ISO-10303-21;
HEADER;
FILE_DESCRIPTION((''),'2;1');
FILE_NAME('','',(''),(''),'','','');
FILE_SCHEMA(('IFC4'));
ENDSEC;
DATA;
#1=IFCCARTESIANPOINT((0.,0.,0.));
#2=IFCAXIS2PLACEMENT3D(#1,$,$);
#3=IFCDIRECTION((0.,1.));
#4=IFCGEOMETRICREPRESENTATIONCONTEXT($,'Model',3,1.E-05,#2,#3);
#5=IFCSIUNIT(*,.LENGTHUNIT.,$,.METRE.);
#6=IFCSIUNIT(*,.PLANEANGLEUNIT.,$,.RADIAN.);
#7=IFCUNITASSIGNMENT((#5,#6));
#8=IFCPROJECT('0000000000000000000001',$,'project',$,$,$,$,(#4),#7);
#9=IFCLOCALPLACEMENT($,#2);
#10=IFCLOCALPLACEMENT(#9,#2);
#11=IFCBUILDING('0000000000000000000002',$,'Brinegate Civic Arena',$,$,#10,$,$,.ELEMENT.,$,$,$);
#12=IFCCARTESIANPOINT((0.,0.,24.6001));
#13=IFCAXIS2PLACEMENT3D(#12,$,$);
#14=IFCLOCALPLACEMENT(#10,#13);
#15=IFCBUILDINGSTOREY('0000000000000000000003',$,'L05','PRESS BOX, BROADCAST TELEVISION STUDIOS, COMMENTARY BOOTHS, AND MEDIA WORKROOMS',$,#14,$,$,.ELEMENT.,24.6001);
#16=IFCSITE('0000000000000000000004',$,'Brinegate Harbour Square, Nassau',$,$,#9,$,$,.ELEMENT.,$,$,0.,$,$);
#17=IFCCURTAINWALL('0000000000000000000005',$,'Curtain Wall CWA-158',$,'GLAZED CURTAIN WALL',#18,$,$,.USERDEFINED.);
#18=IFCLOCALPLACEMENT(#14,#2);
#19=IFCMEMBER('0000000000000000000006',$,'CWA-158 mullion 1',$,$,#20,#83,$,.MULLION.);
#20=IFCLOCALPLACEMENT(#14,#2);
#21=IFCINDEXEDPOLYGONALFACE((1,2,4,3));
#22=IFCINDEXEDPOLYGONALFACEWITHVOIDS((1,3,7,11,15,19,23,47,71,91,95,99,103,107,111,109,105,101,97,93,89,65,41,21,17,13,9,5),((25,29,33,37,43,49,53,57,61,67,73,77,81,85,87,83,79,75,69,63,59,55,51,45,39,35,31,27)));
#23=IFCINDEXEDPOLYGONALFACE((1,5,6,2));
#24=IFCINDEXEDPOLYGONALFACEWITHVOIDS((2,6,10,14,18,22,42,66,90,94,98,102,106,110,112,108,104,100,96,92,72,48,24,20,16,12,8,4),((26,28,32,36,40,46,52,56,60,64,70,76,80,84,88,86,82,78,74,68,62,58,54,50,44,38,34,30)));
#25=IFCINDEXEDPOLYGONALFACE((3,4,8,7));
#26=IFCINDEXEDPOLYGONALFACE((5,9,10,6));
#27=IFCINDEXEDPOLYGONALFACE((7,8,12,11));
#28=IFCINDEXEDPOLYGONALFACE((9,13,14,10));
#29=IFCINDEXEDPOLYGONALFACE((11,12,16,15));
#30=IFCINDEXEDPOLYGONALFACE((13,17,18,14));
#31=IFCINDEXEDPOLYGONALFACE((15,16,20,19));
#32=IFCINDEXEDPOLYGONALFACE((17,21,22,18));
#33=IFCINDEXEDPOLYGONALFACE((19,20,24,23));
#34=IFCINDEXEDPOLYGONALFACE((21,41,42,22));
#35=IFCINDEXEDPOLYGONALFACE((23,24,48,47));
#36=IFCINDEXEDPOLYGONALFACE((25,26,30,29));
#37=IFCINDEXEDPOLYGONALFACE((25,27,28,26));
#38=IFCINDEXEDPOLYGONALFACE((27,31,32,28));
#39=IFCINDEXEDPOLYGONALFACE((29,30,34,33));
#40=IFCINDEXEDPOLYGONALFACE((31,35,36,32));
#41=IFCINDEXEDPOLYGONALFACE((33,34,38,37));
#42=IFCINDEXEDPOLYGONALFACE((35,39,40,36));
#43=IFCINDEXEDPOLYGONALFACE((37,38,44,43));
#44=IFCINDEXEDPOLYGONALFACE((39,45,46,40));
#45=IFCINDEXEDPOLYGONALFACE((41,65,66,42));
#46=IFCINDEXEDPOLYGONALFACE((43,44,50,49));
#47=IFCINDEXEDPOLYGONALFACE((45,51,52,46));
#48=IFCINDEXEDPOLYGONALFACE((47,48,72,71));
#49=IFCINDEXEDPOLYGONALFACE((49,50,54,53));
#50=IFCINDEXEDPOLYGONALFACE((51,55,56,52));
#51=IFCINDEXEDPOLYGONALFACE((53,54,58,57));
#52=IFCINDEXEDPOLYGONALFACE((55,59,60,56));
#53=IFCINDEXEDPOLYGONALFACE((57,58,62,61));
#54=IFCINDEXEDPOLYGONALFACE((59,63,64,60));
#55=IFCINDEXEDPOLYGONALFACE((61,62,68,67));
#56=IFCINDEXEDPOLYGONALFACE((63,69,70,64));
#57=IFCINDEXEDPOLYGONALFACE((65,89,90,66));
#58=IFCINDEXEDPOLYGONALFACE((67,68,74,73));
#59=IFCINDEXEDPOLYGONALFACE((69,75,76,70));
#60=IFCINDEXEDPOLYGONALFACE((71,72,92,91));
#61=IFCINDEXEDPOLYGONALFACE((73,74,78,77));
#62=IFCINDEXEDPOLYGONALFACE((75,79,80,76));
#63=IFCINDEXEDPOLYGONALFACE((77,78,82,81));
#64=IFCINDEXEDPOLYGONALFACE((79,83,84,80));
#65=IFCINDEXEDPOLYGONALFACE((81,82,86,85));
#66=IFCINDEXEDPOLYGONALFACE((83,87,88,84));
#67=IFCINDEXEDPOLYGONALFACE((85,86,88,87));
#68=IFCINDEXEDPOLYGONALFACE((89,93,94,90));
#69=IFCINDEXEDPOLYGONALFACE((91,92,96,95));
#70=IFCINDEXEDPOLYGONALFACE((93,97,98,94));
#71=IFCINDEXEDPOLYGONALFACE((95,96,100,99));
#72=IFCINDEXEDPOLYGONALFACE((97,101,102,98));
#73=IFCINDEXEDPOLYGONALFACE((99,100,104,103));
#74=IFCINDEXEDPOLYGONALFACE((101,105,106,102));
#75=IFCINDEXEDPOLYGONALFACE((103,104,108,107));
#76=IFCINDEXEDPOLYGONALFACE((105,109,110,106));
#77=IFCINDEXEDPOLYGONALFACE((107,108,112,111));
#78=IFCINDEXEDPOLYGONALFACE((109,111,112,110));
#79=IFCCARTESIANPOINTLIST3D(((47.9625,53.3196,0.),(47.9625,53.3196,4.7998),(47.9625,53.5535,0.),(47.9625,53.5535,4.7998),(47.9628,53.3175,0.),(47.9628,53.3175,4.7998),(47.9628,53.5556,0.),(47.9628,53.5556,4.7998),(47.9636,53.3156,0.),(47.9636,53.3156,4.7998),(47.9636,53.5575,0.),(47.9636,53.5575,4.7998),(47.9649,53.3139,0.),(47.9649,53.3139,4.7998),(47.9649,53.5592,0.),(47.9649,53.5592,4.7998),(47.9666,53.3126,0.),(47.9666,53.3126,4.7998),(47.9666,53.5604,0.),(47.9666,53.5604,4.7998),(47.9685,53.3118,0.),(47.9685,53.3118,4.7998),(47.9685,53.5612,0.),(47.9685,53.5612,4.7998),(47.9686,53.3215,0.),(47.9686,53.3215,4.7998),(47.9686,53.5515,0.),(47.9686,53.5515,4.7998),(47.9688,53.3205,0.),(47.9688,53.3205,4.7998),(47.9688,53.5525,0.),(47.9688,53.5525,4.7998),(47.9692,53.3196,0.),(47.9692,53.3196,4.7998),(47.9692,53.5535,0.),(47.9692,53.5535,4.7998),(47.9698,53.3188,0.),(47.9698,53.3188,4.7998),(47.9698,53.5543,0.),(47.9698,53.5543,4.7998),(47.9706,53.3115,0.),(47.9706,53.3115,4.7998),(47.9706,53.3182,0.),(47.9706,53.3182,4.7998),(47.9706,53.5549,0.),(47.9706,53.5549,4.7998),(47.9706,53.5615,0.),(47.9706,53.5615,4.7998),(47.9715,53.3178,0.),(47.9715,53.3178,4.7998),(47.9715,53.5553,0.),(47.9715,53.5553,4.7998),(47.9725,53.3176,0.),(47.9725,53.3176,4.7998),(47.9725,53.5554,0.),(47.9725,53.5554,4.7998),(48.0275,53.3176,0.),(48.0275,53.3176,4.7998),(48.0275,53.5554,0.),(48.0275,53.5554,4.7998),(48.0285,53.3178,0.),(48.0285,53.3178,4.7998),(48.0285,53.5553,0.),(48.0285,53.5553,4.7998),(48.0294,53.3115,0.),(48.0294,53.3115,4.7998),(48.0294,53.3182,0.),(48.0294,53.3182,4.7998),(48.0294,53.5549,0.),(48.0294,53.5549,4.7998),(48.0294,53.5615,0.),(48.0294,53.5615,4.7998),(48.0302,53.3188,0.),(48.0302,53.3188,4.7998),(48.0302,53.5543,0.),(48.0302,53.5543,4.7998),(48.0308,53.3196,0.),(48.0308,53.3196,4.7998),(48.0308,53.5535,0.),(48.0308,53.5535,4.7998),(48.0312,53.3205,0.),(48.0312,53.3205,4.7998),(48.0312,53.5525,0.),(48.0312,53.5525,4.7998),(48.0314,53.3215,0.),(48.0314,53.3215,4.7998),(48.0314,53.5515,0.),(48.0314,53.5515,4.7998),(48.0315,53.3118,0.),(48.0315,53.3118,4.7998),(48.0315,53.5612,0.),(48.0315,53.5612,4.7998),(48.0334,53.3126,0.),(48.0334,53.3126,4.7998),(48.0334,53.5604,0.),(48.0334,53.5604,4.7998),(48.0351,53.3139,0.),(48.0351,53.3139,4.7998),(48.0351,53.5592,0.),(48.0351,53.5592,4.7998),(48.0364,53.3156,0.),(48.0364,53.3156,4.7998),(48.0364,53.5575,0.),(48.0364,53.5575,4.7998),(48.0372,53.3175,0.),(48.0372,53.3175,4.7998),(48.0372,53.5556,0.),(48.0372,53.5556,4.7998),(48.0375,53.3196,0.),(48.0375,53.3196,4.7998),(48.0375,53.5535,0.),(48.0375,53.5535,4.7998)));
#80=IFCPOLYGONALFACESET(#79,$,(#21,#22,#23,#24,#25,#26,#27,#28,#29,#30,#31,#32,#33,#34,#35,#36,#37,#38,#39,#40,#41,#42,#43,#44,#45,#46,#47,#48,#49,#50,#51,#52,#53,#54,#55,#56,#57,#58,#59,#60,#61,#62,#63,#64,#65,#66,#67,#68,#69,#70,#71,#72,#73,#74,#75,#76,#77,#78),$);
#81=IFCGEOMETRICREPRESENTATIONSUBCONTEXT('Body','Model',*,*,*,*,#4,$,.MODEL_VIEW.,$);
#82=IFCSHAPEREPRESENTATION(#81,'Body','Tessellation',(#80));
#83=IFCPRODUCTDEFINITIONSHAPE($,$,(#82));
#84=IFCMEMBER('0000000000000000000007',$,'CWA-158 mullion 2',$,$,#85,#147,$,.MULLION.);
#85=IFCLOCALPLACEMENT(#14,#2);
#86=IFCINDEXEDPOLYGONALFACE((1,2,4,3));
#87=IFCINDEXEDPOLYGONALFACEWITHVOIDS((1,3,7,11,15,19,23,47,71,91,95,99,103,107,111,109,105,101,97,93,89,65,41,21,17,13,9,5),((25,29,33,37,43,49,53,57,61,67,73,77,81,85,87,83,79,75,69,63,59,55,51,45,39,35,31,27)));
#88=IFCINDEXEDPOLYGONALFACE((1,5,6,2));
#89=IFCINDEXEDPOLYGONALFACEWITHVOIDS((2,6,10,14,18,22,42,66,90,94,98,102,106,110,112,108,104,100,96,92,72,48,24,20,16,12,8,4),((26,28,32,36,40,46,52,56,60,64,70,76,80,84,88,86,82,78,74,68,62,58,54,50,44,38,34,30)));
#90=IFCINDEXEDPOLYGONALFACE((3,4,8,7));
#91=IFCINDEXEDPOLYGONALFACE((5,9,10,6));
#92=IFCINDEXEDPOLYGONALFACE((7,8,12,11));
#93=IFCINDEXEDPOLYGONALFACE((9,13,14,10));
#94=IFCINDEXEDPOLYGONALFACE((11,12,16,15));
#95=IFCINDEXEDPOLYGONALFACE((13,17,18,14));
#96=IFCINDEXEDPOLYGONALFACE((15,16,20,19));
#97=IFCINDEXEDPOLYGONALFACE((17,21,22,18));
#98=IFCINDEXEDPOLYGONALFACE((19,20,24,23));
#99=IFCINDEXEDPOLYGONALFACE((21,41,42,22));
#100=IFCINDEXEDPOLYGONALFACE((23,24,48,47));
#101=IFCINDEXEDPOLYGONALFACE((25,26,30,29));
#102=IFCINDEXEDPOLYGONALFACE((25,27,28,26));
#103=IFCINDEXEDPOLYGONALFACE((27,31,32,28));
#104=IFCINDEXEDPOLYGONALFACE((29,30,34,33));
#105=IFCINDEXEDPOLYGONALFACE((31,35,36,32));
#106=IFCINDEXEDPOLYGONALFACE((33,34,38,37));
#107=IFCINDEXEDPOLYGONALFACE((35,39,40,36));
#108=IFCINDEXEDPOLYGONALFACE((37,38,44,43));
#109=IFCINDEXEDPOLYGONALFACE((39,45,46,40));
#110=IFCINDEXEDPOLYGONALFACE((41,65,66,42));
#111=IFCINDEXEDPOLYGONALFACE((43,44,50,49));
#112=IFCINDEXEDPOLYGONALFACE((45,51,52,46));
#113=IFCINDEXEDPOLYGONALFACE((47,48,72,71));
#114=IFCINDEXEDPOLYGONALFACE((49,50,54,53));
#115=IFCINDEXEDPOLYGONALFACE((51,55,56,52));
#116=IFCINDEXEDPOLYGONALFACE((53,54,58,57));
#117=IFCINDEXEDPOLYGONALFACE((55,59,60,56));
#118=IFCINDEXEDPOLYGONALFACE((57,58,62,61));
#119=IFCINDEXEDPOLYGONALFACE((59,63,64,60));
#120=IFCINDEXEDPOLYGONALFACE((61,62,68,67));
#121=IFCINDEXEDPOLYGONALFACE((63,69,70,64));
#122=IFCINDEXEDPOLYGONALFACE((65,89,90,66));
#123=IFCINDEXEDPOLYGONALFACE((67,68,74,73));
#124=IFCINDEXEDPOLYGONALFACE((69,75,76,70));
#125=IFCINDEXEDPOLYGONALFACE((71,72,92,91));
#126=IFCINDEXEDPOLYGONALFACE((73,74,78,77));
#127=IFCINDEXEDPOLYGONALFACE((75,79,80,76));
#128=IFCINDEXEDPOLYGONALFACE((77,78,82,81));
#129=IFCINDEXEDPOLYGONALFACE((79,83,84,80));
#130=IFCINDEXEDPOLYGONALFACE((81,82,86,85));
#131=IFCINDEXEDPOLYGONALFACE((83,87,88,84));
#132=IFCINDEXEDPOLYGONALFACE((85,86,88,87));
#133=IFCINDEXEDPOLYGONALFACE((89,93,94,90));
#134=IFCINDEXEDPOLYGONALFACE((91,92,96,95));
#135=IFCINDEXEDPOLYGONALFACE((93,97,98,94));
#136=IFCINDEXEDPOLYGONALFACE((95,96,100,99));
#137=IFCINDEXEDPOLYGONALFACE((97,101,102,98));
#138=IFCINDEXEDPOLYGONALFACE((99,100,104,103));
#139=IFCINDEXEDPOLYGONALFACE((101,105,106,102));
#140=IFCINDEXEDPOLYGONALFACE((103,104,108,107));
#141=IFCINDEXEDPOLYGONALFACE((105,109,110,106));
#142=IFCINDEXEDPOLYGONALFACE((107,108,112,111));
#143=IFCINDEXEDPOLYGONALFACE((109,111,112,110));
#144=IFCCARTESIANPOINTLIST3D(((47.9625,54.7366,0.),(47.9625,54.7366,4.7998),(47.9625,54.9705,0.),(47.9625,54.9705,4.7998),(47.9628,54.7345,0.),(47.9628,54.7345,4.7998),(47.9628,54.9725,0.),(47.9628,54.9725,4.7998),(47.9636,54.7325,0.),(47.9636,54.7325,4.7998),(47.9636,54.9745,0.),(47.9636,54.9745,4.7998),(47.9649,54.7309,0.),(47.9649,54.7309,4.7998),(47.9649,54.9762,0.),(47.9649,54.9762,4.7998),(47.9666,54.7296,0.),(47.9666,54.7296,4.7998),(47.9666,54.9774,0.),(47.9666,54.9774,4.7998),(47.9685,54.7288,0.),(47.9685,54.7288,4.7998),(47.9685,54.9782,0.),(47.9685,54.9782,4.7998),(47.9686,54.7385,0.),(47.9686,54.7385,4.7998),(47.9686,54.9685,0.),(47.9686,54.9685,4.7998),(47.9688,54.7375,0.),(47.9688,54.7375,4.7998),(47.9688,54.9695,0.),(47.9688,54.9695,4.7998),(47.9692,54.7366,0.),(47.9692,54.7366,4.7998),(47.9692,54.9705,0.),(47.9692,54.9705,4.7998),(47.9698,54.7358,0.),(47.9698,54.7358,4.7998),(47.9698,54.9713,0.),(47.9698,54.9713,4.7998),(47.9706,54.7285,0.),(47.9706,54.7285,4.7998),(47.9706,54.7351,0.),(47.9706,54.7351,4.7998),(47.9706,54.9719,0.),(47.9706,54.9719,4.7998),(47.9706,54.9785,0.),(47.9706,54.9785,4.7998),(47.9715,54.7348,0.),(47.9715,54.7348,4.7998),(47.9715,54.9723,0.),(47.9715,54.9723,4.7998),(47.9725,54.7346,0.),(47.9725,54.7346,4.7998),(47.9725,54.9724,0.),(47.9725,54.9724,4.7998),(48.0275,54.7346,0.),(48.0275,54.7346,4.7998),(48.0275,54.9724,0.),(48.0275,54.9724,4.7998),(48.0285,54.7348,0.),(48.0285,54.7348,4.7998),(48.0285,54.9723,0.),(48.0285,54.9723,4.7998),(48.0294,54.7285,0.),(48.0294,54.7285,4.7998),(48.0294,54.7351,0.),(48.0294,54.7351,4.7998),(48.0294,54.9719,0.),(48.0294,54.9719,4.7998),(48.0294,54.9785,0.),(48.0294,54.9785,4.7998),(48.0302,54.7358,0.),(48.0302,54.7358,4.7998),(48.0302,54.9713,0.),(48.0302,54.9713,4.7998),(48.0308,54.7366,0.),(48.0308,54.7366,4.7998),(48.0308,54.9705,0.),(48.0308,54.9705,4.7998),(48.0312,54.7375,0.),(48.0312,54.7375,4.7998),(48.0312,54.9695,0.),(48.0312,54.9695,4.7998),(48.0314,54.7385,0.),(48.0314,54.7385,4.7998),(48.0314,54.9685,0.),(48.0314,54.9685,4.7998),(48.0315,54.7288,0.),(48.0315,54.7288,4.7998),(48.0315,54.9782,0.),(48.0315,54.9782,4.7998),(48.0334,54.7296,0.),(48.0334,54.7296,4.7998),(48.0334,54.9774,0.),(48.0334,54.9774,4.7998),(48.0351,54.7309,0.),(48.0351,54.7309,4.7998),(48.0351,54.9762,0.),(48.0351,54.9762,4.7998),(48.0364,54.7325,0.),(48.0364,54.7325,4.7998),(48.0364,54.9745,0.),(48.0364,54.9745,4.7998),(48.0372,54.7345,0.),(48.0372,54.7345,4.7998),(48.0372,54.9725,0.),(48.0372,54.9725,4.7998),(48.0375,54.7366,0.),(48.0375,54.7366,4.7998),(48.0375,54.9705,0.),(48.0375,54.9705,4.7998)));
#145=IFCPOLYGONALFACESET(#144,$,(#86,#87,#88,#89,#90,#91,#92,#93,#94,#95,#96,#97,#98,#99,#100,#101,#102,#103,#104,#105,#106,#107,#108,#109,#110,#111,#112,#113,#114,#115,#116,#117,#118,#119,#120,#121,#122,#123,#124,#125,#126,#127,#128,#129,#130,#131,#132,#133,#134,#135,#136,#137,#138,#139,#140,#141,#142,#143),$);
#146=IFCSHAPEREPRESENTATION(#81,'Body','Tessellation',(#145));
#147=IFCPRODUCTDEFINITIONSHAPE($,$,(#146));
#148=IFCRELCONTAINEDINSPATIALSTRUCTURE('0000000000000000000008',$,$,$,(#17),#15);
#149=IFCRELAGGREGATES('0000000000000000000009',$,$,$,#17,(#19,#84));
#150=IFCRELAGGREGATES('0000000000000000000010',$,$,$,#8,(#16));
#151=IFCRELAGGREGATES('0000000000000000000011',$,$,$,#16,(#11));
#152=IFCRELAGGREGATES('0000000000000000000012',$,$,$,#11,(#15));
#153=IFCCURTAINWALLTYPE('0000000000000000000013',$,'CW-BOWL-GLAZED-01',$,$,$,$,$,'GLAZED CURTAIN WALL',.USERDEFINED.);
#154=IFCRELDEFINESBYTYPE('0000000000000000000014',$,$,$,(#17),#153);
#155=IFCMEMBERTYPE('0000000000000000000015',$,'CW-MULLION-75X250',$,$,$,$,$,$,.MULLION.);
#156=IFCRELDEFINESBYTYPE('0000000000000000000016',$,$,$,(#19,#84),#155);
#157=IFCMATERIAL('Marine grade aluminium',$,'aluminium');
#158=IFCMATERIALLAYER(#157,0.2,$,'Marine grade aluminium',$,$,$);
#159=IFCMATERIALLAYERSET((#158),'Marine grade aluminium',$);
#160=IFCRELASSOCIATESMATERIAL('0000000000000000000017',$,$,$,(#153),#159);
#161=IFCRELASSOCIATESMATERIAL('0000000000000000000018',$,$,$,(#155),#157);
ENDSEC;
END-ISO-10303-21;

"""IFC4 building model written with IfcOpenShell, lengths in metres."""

from ifc_helpers import new_model, si_unit, direction, frame, origin, origin_2d, place, context, subcontext, project, spatial, hollow_rectangle, extrude, material, layer, layer_set, material_profile, profile_set, type_object, element, aggregate, save


model = new_model("IFC4")

# Units and contexts
model_context = context("Model", 3, precision=1e-05, world=origin(), true_north=direction((0.0, 1.0)))
body_context = subcontext(model_context, "Body", "Model", "MODEL_VIEW")
ifc_project = project(units=[si_unit("LENGTHUNIT", "METRE"), si_unit("PLANEANGLEUNIT", "RADIAN")], contexts=[model_context])

# Site, building, storey
site_placement = place(None, origin())
site = spatial("IfcSite", under=ifc_project, at=site_placement, Name="Brinegate Harbour Square, Nassau", CompositionType="ELEMENT", RefElevation=0.0)
building_placement = place(site_placement, origin())
building = spatial("IfcBuilding", under=site, at=building_placement, Name="Brinegate Civic Arena", CompositionType="ELEMENT")
storey_placement = place(building_placement, frame((0.0, 0.0, 24.6001)))
storey = spatial("IfcBuildingStorey", under=building, at=storey_placement, Name="L05", Description="PRESS BOX, BROADCAST TELEVISION STUDIOS, COMMENTARY BOOTHS, AND MEDIA WORKROOMS", CompositionType="ELEMENT", Elevation=24.6001)

# Curtain wall, members
ifc_material_1 = material(Name="Marine grade aluminium", Category="aluminium")
ifc_layer_1 = layer(ifc_material_1, 0.2, Name="Marine grade aluminium")
ifc_layer_set_1 = layer_set([ifc_layer_1], Name="Marine grade aluminium")
curtain_wall_type = type_object("IfcCurtainWallType", Name="CW-BOWL-GLAZED-01", ElementType="GLAZED CURTAIN WALL", PredefinedType="USERDEFINED", material=ifc_layer_set_1)
curtain_wall_placement = place(storey_placement, origin())
curtain_wall = element("IfcCurtainWall", 1, at=curtain_wall_placement, inside=storey, type_object=curtain_wall_type, Name="Curtain Wall CWA-158", ObjectType="GLAZED CURTAIN WALL", PredefinedType="USERDEFINED")
ifc_material_profile_1 = material_profile(ifc_material_1, hollow_rectangle(XDim=0.075, YDim=0.25, WallThickness=0.0061, InnerFilletRadius=0.0039, OuterFilletRadius=0.0081, at=origin_2d()), Name="MUL75X250")
ifc_profile_set_1 = profile_set([ifc_material_profile_1], Name="Marine grade aluminium")
member_type_1 = type_object("IfcMemberType", Name="CW-MULLION-75X250", PredefinedType="MULLION", material=ifc_profile_set_1)
member_1_placement = place(storey_placement, frame((48.0, 53.4365, 0.0), z_axis=(0.0, 0.0, 1.0), x_axis=(-1.0, 0.0, 0.0)))
member_1 = element("IfcMember", 2, at=member_1_placement, type_object=member_type_1, Name="CWA-158 mullion 1", PredefinedType="MULLION", context=body_context, shape_type="SweptSolid", body=[
    extrude(hollow_rectangle(XDim=0.075, YDim=0.25, WallThickness=0.0061, InnerFilletRadius=0.0039, OuterFilletRadius=0.0081, at=origin_2d()), origin(), (0.0, 0.0, 1.0), 4.7998),
])
member_2_placement = place(storey_placement, frame((48.0, 54.8535, 0.0), z_axis=(0.0, 0.0, 1.0), x_axis=(-1.0, 0.0, 0.0)))
member_2 = element("IfcMember", 3, at=member_2_placement, type_object=member_type_1, Name="CWA-158 mullion 2", PredefinedType="MULLION", context=body_context, shape_type="SweptSolid", body=[
    extrude(hollow_rectangle(XDim=0.075, YDim=0.25, WallThickness=0.0061, InnerFilletRadius=0.0039, OuterFilletRadius=0.0081, at=origin_2d()), origin(), (0.0, 0.0, 1.0), 4.7998),
])

aggregate(curtain_wall, [member_1, member_2])

save(model, "model.ifc")
